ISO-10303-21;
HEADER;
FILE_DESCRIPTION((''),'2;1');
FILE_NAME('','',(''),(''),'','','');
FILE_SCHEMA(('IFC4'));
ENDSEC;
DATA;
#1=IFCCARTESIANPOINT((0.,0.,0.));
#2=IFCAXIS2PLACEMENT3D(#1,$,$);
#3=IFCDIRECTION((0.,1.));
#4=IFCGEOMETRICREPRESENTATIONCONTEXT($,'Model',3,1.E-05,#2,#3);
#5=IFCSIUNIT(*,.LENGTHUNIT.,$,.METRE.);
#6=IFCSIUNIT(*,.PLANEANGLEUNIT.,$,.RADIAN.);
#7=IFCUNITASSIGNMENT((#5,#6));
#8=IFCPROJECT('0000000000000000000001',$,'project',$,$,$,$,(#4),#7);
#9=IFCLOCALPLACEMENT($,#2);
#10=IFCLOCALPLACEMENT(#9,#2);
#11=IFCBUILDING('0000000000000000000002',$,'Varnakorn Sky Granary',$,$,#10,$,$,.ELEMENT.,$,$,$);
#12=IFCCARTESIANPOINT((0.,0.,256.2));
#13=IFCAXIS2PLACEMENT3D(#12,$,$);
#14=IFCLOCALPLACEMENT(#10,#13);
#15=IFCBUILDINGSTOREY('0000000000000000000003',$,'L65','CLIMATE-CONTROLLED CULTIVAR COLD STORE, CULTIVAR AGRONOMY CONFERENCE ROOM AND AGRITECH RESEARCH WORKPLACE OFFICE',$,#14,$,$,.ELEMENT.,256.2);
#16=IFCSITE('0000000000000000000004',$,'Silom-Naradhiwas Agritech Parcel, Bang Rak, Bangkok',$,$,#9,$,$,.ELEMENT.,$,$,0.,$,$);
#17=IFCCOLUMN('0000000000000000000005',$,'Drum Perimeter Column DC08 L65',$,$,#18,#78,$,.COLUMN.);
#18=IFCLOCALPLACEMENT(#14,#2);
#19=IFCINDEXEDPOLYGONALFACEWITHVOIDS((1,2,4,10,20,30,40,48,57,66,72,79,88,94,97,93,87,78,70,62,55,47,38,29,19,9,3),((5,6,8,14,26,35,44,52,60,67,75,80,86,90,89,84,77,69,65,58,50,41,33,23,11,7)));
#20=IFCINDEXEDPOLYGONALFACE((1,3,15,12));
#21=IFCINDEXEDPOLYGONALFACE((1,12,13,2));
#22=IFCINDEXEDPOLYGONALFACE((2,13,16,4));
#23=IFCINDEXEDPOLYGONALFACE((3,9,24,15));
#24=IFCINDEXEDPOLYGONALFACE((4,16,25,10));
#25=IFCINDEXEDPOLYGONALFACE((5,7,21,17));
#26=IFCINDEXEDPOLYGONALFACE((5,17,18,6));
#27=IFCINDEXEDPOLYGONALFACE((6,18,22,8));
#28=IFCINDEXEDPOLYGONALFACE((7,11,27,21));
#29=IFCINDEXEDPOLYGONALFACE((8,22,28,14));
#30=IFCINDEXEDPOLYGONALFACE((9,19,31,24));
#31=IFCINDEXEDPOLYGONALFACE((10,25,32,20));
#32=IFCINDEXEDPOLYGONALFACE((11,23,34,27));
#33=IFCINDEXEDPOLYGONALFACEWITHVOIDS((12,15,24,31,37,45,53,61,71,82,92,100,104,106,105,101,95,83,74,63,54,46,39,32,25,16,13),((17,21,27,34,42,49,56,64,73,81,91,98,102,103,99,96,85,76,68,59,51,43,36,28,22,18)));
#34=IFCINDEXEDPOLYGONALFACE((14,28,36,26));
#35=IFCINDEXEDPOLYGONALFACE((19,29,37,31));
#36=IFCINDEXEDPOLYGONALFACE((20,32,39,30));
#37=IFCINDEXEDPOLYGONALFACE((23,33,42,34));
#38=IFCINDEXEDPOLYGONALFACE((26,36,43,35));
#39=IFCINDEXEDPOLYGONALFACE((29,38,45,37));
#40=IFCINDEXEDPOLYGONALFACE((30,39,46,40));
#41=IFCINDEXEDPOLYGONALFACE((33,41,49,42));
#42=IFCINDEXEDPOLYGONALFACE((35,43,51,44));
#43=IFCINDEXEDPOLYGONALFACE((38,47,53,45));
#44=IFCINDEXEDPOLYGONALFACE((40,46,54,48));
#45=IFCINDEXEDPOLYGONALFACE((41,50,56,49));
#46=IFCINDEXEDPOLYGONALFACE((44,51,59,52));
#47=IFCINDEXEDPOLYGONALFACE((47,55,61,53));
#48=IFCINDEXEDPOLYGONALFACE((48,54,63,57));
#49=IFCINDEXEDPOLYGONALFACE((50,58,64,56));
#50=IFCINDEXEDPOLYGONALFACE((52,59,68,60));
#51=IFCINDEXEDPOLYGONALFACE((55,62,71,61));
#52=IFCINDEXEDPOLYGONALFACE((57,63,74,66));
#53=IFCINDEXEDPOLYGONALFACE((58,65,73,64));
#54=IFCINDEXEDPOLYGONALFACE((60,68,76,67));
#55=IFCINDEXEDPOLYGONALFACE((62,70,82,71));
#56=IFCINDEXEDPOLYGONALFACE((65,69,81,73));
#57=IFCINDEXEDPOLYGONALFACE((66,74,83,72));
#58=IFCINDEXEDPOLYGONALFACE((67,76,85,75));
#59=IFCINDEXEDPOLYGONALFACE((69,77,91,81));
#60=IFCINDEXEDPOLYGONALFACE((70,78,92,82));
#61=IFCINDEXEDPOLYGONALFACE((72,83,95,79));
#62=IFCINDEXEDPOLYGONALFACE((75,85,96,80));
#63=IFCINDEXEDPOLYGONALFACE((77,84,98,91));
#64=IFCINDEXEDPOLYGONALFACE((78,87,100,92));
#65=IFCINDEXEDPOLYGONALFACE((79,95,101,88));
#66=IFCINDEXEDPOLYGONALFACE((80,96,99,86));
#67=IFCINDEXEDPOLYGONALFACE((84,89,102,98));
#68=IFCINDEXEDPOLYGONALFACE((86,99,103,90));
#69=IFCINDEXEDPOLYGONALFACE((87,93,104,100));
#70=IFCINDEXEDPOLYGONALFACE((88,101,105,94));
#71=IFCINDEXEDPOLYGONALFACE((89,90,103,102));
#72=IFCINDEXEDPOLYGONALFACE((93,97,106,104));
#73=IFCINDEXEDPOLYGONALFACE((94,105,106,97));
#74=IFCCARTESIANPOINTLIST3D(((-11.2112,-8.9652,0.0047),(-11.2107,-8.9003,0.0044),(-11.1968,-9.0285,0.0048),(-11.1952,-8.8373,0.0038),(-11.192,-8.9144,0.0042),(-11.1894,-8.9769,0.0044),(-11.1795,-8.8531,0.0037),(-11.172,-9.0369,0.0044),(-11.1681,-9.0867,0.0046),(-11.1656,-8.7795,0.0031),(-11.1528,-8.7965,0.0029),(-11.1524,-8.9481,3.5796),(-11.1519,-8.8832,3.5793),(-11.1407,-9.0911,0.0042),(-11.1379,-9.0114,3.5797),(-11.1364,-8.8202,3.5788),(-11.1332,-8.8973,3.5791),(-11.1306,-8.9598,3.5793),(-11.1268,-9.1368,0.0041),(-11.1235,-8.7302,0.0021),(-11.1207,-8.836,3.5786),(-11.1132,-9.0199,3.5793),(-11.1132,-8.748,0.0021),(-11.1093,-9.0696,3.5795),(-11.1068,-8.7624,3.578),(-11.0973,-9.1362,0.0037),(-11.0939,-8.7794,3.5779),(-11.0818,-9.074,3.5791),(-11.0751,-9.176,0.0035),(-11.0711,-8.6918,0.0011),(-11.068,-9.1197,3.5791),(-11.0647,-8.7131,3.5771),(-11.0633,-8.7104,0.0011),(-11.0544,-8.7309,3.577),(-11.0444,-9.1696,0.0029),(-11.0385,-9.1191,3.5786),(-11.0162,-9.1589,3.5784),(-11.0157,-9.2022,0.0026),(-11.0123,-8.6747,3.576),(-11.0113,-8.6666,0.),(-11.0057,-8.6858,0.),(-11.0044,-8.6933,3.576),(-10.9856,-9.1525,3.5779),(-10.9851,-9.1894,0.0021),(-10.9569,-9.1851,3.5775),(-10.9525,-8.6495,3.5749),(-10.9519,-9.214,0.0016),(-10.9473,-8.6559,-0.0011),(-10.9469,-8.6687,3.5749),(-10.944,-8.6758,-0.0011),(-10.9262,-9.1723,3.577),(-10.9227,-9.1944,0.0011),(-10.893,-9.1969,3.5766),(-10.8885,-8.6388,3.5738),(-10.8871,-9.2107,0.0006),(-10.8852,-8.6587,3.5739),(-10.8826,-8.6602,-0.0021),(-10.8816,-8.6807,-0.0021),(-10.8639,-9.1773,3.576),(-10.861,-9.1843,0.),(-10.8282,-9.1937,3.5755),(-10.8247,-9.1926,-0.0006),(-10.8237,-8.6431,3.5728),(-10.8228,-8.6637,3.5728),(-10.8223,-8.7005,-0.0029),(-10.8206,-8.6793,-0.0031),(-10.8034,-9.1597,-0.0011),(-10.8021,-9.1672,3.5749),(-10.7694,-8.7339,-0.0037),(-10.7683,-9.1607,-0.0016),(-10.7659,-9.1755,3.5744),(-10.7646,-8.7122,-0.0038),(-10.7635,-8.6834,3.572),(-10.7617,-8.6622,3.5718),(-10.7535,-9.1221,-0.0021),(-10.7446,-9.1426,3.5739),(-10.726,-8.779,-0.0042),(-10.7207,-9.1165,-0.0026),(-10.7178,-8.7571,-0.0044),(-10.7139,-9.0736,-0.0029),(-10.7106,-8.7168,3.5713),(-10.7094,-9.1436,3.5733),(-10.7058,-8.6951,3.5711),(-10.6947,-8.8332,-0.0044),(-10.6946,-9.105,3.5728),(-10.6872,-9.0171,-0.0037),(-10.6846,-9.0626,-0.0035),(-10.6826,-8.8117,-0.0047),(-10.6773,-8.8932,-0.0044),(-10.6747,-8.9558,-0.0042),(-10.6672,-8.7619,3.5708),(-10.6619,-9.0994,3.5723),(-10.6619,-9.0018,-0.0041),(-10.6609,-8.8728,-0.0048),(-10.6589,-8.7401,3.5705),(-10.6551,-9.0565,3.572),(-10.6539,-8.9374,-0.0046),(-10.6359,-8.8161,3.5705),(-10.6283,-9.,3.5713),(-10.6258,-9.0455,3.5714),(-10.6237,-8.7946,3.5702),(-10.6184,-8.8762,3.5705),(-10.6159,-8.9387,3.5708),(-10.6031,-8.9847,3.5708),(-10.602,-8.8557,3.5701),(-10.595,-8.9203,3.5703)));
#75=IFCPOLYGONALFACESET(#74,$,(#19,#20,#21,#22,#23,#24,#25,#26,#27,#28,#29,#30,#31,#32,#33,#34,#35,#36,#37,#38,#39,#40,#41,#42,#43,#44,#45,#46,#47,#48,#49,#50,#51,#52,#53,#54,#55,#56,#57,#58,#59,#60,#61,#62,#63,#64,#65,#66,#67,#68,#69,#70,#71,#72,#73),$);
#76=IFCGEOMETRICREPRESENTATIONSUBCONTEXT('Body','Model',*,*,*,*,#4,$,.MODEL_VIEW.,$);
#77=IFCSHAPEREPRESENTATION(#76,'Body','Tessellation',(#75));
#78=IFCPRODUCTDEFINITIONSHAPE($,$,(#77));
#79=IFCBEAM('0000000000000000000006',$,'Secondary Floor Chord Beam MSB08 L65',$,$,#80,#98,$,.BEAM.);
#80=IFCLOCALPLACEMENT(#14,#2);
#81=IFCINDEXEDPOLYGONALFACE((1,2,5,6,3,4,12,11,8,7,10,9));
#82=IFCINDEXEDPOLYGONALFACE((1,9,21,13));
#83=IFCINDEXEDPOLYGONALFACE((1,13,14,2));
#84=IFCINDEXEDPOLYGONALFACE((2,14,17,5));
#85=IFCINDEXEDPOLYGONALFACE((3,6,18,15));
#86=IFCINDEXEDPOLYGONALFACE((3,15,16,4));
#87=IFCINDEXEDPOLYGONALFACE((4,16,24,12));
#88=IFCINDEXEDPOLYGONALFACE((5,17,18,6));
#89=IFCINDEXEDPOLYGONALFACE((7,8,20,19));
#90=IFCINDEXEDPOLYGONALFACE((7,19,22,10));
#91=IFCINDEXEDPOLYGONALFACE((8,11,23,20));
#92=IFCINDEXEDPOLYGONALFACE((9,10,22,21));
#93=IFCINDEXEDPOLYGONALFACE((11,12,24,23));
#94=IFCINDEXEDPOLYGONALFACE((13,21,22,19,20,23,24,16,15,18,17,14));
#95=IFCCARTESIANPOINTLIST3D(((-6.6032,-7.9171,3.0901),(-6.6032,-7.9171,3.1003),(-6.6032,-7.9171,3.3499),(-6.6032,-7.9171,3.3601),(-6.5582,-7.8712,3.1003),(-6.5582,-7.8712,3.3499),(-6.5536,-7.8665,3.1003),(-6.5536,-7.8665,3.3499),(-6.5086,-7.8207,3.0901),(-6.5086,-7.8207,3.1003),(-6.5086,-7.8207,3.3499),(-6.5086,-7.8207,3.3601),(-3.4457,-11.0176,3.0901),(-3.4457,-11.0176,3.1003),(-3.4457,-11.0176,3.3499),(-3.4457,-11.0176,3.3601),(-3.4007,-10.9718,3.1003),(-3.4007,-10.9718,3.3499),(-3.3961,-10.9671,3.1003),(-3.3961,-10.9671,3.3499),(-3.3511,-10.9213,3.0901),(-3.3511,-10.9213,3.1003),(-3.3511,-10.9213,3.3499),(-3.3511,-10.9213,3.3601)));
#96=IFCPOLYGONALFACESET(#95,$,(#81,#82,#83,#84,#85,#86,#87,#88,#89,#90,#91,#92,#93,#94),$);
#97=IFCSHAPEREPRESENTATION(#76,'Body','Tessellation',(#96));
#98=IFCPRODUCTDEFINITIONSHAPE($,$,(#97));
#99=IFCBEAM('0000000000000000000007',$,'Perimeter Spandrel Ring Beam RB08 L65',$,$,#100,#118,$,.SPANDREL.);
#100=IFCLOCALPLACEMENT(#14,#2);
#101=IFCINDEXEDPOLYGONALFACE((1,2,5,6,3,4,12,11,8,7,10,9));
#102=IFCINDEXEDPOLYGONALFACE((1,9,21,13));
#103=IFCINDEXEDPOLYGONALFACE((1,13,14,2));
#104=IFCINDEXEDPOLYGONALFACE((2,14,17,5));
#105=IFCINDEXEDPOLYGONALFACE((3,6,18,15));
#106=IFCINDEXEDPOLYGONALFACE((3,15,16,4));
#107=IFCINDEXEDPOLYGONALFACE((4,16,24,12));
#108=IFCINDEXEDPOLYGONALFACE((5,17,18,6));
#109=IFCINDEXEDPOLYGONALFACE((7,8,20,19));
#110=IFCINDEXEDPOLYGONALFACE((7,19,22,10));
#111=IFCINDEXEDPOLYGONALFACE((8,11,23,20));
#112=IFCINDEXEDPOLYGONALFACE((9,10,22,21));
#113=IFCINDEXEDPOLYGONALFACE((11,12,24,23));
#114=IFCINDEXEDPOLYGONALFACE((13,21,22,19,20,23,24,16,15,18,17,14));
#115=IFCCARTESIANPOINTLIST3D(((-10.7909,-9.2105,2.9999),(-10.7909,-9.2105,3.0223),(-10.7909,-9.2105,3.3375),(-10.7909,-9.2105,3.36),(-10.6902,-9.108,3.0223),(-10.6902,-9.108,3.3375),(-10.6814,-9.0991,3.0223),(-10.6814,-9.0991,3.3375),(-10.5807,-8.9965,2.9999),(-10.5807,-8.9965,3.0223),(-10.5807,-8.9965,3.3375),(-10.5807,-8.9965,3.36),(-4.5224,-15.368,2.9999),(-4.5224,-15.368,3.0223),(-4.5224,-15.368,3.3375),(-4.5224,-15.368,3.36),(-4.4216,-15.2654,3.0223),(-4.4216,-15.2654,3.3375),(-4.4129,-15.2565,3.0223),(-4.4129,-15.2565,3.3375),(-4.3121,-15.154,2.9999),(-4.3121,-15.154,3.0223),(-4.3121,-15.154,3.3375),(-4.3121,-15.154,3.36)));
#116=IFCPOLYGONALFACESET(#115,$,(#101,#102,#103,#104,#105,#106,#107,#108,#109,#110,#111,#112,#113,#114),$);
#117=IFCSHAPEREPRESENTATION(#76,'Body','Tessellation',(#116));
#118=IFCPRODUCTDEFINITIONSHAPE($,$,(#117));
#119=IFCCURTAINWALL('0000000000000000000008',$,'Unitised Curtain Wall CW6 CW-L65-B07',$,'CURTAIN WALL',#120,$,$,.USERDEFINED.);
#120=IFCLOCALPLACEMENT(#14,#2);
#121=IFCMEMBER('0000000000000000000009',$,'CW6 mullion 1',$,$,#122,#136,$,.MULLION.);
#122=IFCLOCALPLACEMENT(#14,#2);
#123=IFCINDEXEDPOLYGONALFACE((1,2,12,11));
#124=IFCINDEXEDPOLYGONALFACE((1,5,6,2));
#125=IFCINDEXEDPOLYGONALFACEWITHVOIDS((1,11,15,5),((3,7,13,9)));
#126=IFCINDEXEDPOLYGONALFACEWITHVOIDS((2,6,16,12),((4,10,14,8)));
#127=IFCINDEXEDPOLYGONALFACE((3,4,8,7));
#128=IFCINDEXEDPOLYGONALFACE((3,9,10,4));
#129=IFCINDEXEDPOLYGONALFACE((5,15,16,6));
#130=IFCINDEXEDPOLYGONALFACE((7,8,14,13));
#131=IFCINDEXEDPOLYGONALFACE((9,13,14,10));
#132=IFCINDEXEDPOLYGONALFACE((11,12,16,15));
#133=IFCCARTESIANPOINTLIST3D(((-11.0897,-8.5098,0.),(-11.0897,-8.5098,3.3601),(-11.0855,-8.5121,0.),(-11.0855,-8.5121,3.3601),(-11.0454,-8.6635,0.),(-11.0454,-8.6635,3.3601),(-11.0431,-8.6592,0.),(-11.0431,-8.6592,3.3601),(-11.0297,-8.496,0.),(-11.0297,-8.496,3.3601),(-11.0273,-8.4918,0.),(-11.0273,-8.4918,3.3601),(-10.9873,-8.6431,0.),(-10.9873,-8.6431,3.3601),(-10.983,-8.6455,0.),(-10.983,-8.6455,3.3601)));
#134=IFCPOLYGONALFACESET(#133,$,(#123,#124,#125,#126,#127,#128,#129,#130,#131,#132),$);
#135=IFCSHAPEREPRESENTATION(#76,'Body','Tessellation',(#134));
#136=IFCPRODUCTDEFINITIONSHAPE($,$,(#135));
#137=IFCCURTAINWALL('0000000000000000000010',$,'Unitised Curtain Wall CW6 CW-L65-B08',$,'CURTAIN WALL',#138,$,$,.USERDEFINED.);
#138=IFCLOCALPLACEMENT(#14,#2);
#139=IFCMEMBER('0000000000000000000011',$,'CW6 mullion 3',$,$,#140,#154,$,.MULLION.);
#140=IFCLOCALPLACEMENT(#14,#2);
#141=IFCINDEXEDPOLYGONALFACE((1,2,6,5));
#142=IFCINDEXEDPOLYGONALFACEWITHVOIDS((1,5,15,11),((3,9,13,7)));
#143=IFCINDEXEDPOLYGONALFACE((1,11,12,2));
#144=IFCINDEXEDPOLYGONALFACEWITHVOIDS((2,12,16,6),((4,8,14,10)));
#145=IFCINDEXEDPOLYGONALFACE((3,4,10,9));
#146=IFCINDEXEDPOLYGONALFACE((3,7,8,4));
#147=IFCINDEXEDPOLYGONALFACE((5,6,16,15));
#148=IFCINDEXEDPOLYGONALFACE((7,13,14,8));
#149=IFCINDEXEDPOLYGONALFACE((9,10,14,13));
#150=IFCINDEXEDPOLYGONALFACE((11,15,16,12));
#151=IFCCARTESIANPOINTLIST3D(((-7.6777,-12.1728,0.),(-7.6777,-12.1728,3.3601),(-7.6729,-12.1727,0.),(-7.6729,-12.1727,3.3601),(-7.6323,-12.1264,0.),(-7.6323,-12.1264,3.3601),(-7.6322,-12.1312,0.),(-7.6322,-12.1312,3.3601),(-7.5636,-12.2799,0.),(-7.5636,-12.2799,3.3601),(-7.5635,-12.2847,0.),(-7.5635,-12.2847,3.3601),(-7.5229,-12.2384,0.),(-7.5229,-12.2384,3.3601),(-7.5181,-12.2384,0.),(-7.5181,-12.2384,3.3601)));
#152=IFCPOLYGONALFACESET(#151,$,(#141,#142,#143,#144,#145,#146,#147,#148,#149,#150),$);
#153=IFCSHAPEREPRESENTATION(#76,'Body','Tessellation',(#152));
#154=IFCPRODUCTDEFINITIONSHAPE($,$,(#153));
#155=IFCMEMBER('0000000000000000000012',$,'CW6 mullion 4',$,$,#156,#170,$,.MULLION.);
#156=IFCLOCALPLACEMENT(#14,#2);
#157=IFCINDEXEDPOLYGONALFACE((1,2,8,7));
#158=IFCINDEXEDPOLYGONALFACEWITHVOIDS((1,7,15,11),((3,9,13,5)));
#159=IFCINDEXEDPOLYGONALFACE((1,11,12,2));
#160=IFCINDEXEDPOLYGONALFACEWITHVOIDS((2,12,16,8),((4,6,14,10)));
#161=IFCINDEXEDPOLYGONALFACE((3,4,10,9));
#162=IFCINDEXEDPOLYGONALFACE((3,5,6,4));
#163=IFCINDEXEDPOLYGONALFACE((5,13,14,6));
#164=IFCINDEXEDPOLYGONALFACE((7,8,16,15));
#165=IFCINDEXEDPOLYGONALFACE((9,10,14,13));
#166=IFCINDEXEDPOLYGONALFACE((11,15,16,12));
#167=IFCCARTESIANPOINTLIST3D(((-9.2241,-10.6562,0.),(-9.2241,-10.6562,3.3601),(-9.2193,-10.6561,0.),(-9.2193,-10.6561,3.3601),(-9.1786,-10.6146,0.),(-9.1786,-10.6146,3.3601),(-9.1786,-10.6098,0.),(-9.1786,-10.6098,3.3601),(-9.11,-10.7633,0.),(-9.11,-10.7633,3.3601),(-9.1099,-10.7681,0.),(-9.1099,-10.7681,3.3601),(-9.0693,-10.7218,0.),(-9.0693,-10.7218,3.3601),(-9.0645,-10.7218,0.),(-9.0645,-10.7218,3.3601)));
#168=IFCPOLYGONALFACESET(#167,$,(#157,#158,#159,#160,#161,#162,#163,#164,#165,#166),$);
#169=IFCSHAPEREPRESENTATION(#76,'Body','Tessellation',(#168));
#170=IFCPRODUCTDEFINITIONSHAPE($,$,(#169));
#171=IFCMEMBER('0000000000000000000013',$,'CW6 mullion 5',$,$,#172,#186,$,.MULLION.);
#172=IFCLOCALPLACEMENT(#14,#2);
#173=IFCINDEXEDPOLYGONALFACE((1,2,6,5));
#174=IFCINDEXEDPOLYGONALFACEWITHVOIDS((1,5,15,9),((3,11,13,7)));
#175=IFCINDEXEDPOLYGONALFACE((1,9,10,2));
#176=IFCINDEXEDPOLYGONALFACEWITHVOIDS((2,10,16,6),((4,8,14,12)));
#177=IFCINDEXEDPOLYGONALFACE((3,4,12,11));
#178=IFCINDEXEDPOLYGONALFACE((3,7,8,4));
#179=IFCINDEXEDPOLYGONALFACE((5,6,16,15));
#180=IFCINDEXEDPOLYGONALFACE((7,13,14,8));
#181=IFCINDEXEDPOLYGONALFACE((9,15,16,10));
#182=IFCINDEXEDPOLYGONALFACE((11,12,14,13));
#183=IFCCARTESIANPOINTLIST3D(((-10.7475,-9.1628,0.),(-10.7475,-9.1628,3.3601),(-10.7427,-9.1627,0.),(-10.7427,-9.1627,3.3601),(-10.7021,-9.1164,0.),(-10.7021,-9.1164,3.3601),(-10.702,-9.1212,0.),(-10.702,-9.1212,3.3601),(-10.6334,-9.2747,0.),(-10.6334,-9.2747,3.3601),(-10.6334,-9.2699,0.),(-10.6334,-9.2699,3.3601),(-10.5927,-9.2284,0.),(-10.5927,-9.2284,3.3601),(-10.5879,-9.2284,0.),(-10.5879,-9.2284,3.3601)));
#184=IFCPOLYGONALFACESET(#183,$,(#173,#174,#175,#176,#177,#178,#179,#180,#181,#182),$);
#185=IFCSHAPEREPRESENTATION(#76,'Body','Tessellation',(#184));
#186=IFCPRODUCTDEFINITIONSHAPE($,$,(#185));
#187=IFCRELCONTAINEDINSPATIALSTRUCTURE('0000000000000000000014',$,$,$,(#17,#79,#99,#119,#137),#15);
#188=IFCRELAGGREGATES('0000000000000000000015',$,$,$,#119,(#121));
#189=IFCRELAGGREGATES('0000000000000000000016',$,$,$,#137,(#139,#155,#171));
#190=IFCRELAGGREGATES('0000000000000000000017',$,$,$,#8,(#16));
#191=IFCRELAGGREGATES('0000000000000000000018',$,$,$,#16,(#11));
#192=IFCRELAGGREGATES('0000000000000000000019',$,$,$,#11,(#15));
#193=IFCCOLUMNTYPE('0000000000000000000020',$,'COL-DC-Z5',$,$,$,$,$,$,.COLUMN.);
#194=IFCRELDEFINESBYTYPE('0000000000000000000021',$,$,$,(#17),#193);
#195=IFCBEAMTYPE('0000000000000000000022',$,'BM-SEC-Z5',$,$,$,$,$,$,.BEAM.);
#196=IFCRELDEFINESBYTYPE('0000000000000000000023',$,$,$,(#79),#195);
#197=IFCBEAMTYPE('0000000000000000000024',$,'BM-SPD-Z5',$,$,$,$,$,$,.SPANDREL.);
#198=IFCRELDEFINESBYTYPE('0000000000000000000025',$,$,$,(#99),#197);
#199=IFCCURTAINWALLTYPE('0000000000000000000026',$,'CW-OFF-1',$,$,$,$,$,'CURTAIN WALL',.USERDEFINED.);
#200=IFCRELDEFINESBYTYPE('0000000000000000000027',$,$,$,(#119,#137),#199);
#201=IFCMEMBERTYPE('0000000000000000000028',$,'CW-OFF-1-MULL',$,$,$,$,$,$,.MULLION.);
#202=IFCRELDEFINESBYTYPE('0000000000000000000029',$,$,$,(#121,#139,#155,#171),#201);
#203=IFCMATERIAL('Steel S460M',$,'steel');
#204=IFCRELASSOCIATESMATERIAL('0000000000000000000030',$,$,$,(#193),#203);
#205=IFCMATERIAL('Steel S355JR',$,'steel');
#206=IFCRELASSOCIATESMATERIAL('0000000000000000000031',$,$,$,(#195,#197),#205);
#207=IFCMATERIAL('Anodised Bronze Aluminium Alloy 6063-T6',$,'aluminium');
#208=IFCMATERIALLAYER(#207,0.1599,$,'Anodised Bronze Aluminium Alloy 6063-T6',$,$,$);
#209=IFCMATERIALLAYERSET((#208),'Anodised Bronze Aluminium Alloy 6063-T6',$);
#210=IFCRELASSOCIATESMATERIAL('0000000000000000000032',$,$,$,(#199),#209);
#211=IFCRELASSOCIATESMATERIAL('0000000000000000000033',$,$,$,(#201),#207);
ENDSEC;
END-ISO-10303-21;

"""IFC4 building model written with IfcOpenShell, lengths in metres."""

from ifc_helpers import new_model, si_unit, direction, frame, origin, origin_2d, place, context, subcontext, project, spatial, hollow_rectangle, hollow_circle, i_section, extrude, material, layer, layer_set, material_profile, profile_set, type_object, element, aggregate, save


model = new_model("IFC4")

# Units and contexts
model_context = context("Model", 3, precision=1e-05, world=origin(), true_north=direction((0.0, 1.0)))
body_context = subcontext(model_context, "Body", "Model", "MODEL_VIEW")
ifc_project = project(units=[si_unit("LENGTHUNIT", "METRE"), si_unit("PLANEANGLEUNIT", "RADIAN")], contexts=[model_context])

# Site, building, storey
site_placement = place(None, origin())
site = spatial("IfcSite", under=ifc_project, at=site_placement, Name="Silom-Naradhiwas Agritech Parcel, Bang Rak, Bangkok", CompositionType="ELEMENT", RefElevation=0.0)
building_placement = place(site_placement, origin())
building = spatial("IfcBuilding", under=site, at=building_placement, Name="Varnakorn Sky Granary", CompositionType="ELEMENT")
storey_placement = place(building_placement, frame((0.0, 0.0, 256.2)))
storey = spatial("IfcBuildingStorey", under=building, at=storey_placement, Name="L65", Description="CLIMATE-CONTROLLED CULTIVAR COLD STORE, CULTIVAR AGRONOMY CONFERENCE ROOM AND AGRITECH RESEARCH WORKPLACE OFFICE", CompositionType="ELEMENT", Elevation=256.2)

# Column
ifc_material_1 = material(Name="Steel S460M", Category="steel")
ifc_material_profile_1 = material_profile(ifc_material_1, hollow_circle(Radius=0.2795, WallThickness=0.02, at=origin_2d()), Name="CHS 559x20")
ifc_profile_set_1 = profile_set([ifc_material_profile_1], Name="Steel S460M")
column_type = type_object("IfcColumnType", Name="COL-DC-Z5", PredefinedType="COLUMN", material=ifc_profile_set_1)
column_placement = place(storey_placement, frame((-10.9333, -8.9351, 0.0), z_axis=(0.016456, 0.00478, 0.999853), x_axis=(-0.278929, 0.960312, 0.0)))
element("IfcColumn", 1, at=column_placement, inside=storey, type_object=column_type, Name="Drum Perimeter Column DC08 L65", PredefinedType="COLUMN", context=body_context, shape_type="SweptSolid", body=[
    extrude(hollow_circle(Radius=0.2795, WallThickness=0.02, at=origin_2d()), origin(), (0.0, 0.0, 1.0), 3.5754),
])

# Beams
ifc_material_2 = material(Name="Steel S355JR", Category="steel")
ifc_material_profile_2 = material_profile(ifc_material_2, i_section(OverallWidth=0.135, OverallDepth=0.27, WebThickness=0.0066, FlangeThickness=0.0103, at=origin_2d()), Name="IPE 270")
ifc_profile_set_2 = profile_set([ifc_material_profile_2], Name="Steel S355JR")
beam_type_1 = type_object("IfcBeamType", Name="BM-SEC-Z5", PredefinedType="BEAM", material=ifc_profile_set_2)
beam_1_placement = place(storey_placement, frame((-6.5559, -7.8689, 3.2251), z_axis=(0.713505, -0.70065, 0.0), x_axis=(0.70065, 0.713505, 0.0)))
element("IfcBeam", 2, at=beam_1_placement, inside=storey, type_object=beam_type_1, Name="Secondary Floor Chord Beam MSB08 L65", PredefinedType="BEAM", context=body_context, shape_type="SweptSolid", body=[
    extrude(i_section(OverallWidth=0.135, OverallDepth=0.27, WebThickness=0.0066, FlangeThickness=0.0103, at=origin_2d()), origin(), (0.0, 0.0, 1.0), 4.4253),
])
ifc_material_profile_3 = material_profile(ifc_material_2, i_section(OverallWidth=0.3, OverallDepth=0.3601, WebThickness=0.0125, FlangeThickness=0.0225, at=origin_2d()), Name="HE 360 B")
ifc_profile_set_3 = profile_set([ifc_material_profile_3], Name="Steel S355JR")
beam_type_2 = type_object("IfcBeamType", Name="BM-SPD-Z5", PredefinedType="SPANDREL", material=ifc_profile_set_3)
beam_2_placement = place(storey_placement, frame((-10.6858, -9.1035, 3.1799), z_axis=(0.7134, -0.700758, 0.0), x_axis=(0.700758, 0.7134, 0.0)))
element("IfcBeam", 3, at=beam_2_placement, inside=storey, type_object=beam_type_2, Name="Perimeter Spandrel Ring Beam RB08 L65", PredefinedType="SPANDREL", context=body_context, shape_type="SweptSolid", body=[
    extrude(i_section(OverallWidth=0.3, OverallDepth=0.3601, WebThickness=0.0125, FlangeThickness=0.0225, at=origin_2d()), origin(), (0.0, 0.0, 1.0), 8.7869),
])

# Curtain wall, member
ifc_material_3 = material(Name="Anodised Bronze Aluminium Alloy 6063-T6", Category="aluminium")
ifc_layer_1 = layer(ifc_material_3, 0.1599, Name="Anodised Bronze Aluminium Alloy 6063-T6")
ifc_layer_set_1 = layer_set([ifc_layer_1], Name="Anodised Bronze Aluminium Alloy 6063-T6")
curtain_wall_type = type_object("IfcCurtainWallType", Name="CW-OFF-1", ElementType="CURTAIN WALL", PredefinedType="USERDEFINED", material=ifc_layer_set_1)
curtain_wall_1_placement = place(storey_placement, origin())
curtain_wall_1 = element("IfcCurtainWall", 4, at=curtain_wall_1_placement, inside=storey, type_object=curtain_wall_type, Name="Unitised Curtain Wall CW6 CW-L65-B07", ObjectType="CURTAIN WALL", PredefinedType="USERDEFINED")
ifc_material_profile_4 = material_profile(ifc_material_3, hollow_rectangle(XDim=0.0649, YDim=0.1599, WallThickness=0.0034, at=origin_2d()), Name="ALU MULL 65x160")
ifc_profile_set_4 = profile_set([ifc_material_profile_4], Name="Anodised Bronze Aluminium Alloy 6063-T6")
member_type_1 = type_object("IfcMemberType", Name="CW-OFF-1-MULL", PredefinedType="MULLION", material=ifc_profile_set_4)
member_1_placement = place(storey_placement, frame((-11.0364, -8.5776, 0.0), z_axis=(0.0, 0.0, 1.0), x_axis=(-0.960846, -0.277084, 0.0)))
member_1 = element("IfcMember", 5, at=member_1_placement, type_object=member_type_1, Name="CW6 mullion 1", PredefinedType="MULLION", context=body_context, shape_type="SweptSolid", body=[
    extrude(hollow_rectangle(XDim=0.0649, YDim=0.1599, WallThickness=0.0034, at=origin_2d()), origin(), (0.0, 0.0, 1.0), 3.3601),
])

# Curtain wall, members
curtain_wall_2_placement = place(storey_placement, origin())
curtain_wall_2 = element("IfcCurtainWall", 6, at=curtain_wall_2_placement, inside=storey, type_object=curtain_wall_type, Name="Unitised Curtain Wall CW6 CW-L65-B08", ObjectType="CURTAIN WALL", PredefinedType="USERDEFINED")
member_2_placement = place(storey_placement, frame((-7.5979, -12.2056, 0.0), z_axis=(0.0, 0.0, 1.0), x_axis=(-0.700118, -0.714027, 0.0)))
member_2 = element("IfcMember", 7, at=member_2_placement, type_object=member_type_1, Name="CW6 mullion 3", PredefinedType="MULLION", context=body_context, shape_type="SweptSolid", body=[
    extrude(hollow_rectangle(XDim=0.0649, YDim=0.1599, WallThickness=0.0034, at=origin_2d()), origin(), (0.0, 0.0, 1.0), 3.3601),
])
member_3_placement = place(storey_placement, frame((-9.1443, -10.689, 0.0), z_axis=(0.0, 0.0, 1.0), x_axis=(-0.700118, -0.714027, 0.0)))
member_3 = element("IfcMember", 8, at=member_3_placement, type_object=member_type_1, Name="CW6 mullion 4", PredefinedType="MULLION", context=body_context, shape_type="SweptSolid", body=[
    extrude(hollow_rectangle(XDim=0.0649, YDim=0.1599, WallThickness=0.0034, at=origin_2d()), origin(), (0.0, 0.0, 1.0), 3.3601),
])
member_4_placement = place(storey_placement, frame((-10.6677, -9.1956, 0.0), z_axis=(0.0, 0.0, 1.0), x_axis=(-0.700118, -0.714027, 0.0)))
member_4 = element("IfcMember", 9, at=member_4_placement, type_object=member_type_1, Name="CW6 mullion 5", PredefinedType="MULLION", context=body_context, shape_type="SweptSolid", body=[
    extrude(hollow_rectangle(XDim=0.0649, YDim=0.1599, WallThickness=0.0034, at=origin_2d()), origin(), (0.0, 0.0, 1.0), 3.3601),
])

aggregate(curtain_wall_1, [member_1])
aggregate(curtain_wall_2, [member_2, member_3, member_4])

save(model, "model.ifc")
